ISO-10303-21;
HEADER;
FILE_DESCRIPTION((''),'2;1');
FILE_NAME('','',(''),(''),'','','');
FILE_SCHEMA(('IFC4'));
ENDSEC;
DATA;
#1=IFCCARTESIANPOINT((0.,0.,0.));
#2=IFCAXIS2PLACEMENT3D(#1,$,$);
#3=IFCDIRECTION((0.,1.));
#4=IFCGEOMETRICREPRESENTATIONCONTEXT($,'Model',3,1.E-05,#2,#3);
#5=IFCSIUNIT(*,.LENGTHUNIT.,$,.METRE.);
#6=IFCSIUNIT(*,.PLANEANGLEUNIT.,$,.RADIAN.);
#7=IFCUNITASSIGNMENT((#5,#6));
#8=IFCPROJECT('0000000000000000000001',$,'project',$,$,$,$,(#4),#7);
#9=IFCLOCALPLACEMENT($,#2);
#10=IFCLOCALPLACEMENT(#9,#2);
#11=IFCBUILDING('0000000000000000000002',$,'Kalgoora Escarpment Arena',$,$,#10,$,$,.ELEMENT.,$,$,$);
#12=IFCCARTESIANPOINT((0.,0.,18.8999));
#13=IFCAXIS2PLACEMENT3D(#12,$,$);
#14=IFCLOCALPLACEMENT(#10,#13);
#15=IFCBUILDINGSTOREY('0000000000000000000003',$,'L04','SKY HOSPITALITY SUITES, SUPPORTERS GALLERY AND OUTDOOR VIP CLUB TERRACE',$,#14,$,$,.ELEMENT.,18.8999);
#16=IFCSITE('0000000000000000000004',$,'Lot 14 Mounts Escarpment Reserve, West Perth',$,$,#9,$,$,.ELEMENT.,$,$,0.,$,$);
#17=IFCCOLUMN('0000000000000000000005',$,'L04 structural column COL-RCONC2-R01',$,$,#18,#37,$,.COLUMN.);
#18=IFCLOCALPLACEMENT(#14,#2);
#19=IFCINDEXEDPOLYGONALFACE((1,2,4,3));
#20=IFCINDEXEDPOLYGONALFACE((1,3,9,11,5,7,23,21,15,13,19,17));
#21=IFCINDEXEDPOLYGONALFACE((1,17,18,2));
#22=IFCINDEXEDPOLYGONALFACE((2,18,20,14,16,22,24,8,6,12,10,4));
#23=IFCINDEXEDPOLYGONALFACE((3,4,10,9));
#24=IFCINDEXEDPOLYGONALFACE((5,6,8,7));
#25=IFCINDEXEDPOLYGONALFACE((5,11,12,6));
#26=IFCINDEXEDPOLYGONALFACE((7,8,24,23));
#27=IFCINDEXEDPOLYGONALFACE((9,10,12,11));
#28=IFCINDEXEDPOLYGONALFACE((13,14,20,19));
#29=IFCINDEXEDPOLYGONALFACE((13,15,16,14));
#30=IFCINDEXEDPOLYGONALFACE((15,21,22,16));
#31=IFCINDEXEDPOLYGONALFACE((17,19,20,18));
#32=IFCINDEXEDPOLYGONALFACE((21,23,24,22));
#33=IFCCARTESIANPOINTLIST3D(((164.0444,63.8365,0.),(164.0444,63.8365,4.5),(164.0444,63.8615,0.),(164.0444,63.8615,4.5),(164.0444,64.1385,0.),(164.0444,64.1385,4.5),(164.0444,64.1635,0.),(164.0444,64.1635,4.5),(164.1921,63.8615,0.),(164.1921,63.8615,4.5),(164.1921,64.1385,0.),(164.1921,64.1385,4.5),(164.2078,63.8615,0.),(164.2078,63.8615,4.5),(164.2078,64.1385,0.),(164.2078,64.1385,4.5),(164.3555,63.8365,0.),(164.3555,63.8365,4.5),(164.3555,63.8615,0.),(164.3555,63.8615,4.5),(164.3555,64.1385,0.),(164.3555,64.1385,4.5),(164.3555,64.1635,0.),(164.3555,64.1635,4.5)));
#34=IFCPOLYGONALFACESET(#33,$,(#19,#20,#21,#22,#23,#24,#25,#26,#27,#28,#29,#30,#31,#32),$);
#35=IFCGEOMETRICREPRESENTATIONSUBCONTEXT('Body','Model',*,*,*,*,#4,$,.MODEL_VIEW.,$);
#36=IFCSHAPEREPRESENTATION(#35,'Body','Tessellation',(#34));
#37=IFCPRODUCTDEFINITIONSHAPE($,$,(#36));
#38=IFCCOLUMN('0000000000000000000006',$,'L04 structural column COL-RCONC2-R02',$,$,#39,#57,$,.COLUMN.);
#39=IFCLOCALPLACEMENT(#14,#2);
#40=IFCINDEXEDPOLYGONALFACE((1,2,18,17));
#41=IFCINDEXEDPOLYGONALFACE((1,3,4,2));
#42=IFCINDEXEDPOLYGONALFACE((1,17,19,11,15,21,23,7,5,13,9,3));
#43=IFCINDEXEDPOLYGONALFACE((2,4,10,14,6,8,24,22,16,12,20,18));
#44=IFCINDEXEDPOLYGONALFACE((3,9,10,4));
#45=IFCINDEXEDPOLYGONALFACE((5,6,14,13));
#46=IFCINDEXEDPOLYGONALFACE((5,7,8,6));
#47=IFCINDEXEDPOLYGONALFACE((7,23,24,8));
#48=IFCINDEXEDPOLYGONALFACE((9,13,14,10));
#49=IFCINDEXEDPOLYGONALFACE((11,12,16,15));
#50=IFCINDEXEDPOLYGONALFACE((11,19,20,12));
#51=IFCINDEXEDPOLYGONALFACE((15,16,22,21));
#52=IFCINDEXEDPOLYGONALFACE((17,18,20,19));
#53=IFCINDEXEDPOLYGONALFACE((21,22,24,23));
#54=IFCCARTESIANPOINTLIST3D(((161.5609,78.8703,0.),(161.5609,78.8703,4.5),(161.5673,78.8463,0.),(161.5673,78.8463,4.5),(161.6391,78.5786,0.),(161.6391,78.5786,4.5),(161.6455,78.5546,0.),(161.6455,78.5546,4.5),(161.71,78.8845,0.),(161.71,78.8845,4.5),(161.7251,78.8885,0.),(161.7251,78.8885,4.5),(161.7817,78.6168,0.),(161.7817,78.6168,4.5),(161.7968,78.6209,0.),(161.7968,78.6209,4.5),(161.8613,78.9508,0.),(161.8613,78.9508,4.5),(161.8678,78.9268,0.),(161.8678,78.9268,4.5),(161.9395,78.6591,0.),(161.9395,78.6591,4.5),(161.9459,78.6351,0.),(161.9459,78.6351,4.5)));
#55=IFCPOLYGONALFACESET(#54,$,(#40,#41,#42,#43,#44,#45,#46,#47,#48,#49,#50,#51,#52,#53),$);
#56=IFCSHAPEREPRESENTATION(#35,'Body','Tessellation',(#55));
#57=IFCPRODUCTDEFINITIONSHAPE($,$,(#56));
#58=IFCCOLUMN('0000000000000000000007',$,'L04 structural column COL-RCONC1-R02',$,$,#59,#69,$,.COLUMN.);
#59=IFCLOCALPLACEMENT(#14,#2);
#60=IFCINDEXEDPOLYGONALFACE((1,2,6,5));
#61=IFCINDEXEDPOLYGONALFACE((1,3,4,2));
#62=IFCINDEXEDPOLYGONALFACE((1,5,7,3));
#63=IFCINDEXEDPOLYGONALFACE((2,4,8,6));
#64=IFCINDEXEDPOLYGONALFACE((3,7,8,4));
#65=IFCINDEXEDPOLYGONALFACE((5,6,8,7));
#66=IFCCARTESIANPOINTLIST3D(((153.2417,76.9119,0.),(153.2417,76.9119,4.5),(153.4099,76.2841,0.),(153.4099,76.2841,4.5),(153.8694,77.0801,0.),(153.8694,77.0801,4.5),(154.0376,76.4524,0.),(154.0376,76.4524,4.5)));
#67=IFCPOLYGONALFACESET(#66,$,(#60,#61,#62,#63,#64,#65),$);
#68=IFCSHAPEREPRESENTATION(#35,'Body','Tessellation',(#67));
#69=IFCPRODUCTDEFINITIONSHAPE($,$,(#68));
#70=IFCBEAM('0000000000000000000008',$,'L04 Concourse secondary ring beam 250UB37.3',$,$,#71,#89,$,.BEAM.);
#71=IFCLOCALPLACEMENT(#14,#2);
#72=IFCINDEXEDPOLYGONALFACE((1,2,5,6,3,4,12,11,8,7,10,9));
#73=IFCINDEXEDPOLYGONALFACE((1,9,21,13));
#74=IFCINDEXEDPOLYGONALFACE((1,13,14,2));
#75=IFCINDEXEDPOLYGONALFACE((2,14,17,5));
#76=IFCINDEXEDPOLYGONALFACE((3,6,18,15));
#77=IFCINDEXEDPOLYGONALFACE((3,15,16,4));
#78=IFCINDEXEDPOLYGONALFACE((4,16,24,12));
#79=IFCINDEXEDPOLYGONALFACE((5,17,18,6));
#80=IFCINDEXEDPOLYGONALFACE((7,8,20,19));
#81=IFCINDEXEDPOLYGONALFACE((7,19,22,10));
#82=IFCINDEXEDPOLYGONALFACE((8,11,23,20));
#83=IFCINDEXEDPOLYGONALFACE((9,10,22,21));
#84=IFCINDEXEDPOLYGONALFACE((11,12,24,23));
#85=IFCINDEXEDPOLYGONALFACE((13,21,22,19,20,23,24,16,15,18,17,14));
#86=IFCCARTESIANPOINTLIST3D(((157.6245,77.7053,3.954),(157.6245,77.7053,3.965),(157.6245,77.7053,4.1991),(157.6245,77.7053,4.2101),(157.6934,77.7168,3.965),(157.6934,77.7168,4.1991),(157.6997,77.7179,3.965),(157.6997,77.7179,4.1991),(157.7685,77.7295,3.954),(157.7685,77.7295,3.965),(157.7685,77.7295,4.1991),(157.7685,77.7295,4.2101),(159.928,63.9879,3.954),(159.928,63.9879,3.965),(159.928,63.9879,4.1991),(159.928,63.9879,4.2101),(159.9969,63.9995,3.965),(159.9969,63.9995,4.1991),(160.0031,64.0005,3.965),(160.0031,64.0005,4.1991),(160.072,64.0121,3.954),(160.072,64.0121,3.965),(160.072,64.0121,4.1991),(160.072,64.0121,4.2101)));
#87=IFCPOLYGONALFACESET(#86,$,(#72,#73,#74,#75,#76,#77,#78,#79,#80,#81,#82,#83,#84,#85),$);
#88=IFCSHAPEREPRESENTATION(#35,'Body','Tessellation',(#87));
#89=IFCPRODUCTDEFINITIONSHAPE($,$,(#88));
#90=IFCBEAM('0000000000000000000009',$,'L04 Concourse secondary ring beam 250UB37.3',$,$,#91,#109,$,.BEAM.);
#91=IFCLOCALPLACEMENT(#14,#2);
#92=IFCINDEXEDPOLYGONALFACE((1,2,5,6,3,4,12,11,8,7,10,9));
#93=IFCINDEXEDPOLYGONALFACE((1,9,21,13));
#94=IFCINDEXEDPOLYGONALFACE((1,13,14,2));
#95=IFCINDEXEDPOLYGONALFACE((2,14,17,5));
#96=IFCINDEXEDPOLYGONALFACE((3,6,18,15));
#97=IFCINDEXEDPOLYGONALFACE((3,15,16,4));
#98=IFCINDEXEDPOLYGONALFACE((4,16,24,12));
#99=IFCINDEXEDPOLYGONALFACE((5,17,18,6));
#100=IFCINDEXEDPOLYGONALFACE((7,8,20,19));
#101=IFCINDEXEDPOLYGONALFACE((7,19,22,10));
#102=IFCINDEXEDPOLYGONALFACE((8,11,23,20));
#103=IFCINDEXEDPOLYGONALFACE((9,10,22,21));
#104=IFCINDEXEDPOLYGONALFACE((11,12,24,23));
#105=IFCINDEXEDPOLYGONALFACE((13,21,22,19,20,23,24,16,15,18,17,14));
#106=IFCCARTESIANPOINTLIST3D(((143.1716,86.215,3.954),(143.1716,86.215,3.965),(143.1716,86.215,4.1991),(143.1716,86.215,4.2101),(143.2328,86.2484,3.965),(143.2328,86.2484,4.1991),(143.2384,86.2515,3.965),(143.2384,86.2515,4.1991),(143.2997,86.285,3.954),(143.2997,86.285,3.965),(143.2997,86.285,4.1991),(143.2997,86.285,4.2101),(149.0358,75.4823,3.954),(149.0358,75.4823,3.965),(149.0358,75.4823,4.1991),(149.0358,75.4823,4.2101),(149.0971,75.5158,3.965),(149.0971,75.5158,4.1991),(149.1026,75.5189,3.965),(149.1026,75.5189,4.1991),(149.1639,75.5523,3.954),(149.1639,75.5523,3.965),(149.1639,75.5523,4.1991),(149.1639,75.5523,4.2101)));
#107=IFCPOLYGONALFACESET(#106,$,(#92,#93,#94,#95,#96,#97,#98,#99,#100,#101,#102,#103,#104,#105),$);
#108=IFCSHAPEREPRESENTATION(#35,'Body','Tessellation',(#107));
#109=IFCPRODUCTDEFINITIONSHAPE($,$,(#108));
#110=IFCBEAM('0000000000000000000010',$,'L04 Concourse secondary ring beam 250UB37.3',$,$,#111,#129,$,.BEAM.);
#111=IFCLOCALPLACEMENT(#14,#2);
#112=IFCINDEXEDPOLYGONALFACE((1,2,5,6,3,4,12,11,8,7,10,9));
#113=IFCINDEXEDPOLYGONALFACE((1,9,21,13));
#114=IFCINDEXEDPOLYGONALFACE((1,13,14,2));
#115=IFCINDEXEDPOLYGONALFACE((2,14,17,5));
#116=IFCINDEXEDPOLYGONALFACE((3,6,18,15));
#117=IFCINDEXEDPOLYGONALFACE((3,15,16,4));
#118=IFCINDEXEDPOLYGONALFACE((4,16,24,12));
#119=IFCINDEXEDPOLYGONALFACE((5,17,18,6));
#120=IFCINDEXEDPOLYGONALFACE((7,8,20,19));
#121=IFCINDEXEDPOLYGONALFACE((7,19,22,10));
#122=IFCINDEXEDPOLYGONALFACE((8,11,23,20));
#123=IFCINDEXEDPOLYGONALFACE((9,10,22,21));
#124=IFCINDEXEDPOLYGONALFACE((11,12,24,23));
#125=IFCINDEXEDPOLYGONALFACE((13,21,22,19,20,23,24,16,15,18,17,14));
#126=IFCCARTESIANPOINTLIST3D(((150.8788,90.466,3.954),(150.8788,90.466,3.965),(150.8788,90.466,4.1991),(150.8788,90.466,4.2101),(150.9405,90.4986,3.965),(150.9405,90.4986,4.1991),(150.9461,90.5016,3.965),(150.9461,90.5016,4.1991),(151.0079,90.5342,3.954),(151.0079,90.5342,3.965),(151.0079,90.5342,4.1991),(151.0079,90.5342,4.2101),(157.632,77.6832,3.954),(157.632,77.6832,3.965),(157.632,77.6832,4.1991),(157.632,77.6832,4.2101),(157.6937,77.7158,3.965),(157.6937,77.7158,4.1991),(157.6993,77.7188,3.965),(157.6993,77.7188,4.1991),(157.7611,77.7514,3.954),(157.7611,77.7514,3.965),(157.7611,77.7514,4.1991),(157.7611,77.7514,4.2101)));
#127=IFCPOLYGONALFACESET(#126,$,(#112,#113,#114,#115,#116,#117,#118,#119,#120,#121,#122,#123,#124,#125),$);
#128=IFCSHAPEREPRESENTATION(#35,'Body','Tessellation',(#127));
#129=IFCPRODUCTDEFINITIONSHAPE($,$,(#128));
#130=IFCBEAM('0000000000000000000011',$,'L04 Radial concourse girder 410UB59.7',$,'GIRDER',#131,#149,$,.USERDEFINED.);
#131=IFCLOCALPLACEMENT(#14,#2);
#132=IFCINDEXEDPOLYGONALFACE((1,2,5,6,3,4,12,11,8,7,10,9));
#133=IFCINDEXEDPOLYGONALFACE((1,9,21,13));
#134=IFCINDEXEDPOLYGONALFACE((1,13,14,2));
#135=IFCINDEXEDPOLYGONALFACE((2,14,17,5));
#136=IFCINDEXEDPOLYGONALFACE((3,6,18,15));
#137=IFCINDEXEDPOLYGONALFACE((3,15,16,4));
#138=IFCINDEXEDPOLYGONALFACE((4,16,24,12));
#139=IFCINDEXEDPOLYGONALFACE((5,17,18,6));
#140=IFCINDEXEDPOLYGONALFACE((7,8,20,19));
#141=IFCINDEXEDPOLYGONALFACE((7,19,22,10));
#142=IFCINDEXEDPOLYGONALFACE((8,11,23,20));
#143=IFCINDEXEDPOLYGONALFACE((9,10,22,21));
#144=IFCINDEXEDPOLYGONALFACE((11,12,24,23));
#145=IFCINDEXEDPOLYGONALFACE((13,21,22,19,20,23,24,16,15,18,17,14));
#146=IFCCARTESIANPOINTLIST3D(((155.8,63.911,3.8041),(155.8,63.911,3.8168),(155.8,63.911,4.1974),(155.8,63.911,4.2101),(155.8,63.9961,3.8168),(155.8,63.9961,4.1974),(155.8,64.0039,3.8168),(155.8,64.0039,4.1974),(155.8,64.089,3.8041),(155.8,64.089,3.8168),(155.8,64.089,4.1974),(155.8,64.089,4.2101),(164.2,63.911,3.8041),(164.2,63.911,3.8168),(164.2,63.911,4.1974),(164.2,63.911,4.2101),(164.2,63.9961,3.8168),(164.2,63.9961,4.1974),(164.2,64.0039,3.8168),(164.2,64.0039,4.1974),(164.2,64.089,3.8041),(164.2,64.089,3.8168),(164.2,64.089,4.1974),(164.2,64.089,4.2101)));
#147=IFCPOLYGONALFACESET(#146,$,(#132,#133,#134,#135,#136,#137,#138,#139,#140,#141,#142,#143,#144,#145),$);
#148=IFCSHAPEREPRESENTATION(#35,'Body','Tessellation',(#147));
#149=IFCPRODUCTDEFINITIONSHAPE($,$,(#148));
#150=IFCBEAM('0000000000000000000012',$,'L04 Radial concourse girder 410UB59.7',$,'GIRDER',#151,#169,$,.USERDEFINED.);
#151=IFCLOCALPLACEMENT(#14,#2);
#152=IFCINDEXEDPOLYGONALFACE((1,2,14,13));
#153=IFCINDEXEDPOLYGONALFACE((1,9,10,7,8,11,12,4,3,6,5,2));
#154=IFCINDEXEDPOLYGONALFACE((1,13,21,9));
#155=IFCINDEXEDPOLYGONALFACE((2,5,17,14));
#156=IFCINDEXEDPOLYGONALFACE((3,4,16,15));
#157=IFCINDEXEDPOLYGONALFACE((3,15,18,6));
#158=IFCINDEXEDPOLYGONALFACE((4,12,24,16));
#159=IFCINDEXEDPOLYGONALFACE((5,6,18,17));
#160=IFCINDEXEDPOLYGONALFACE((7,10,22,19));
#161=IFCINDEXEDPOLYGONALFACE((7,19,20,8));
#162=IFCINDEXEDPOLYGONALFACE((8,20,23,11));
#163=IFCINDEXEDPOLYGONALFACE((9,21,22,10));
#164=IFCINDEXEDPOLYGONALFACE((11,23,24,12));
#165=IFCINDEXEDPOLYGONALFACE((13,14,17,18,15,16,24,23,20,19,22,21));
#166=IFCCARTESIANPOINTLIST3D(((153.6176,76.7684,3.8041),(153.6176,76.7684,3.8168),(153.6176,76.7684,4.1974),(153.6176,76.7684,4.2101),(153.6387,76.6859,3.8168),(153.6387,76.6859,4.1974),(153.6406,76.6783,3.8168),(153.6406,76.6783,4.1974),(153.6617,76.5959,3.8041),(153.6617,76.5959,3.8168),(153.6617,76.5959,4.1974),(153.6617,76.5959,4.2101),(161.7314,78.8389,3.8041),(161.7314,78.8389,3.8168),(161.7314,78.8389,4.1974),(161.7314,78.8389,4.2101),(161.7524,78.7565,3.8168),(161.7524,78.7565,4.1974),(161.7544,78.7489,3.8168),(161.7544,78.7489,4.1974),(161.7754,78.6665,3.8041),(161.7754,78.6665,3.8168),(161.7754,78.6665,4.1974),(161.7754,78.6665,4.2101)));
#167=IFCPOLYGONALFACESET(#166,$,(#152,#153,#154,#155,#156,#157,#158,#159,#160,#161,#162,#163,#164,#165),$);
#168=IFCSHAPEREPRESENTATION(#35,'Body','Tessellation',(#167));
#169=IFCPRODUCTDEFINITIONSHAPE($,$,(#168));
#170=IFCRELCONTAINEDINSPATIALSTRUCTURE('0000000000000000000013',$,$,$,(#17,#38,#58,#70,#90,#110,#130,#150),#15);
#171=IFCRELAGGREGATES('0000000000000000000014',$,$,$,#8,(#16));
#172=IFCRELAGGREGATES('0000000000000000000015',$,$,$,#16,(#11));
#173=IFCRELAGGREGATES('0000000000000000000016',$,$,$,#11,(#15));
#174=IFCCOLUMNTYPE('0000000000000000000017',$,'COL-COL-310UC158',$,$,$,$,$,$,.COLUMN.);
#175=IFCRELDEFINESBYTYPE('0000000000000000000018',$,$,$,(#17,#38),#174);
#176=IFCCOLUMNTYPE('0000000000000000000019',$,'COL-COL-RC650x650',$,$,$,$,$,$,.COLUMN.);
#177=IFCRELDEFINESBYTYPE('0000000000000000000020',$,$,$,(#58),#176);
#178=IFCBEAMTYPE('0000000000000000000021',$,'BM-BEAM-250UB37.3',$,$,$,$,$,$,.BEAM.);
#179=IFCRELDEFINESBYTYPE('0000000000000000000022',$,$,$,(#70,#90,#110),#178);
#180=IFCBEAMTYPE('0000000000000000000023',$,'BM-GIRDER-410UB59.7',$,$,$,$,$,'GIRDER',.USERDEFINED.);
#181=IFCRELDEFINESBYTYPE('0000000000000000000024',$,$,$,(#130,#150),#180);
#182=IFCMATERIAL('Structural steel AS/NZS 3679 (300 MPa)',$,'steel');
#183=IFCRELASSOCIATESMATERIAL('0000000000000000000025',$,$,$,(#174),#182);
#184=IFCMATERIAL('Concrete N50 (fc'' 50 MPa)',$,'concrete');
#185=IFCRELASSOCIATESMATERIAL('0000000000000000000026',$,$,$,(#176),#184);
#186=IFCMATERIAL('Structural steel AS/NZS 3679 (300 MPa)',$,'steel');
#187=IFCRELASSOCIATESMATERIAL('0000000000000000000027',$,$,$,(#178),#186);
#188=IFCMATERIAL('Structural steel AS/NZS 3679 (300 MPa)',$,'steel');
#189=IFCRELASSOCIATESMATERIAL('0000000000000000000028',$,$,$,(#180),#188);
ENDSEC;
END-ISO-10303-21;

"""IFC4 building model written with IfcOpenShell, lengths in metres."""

from ifc_helpers import new_model, si_unit, direction, frame, origin, origin_2d, place, context, subcontext, project, spatial, rectangle, i_section, extrude, material, material_profile, profile_set, type_object, element, save


model = new_model("IFC4")

# Units and contexts
model_context = context("Model", 3, precision=1e-05, world=origin(), true_north=direction((0.0, 1.0)))
body_context = subcontext(model_context, "Body", "Model", "MODEL_VIEW")
ifc_project = project(units=[si_unit("LENGTHUNIT", "METRE"), si_unit("PLANEANGLEUNIT", "RADIAN")], contexts=[model_context])

# Site, building, storey
site_placement = place(None, origin())
site = spatial("IfcSite", under=ifc_project, at=site_placement, Name="Lot 14 Mounts Escarpment Reserve, West Perth", CompositionType="ELEMENT", RefElevation=0.0)
building_placement = place(site_placement, origin())
building = spatial("IfcBuilding", under=site, at=building_placement, Name="Kalgoora Escarpment Arena", CompositionType="ELEMENT")
storey_placement = place(building_placement, frame((0.0, 0.0, 18.8999)))
storey = spatial("IfcBuildingStorey", under=building, at=storey_placement, Name="L04", Description="SKY HOSPITALITY SUITES, SUPPORTERS GALLERY AND OUTDOOR VIP CLUB TERRACE", CompositionType="ELEMENT", Elevation=18.8999)

# Columns
ifc_material_1 = material(Name="Structural steel AS/NZS 3679 (300 MPa)", Category="steel")
ifc_material_profile_1 = material_profile(ifc_material_1, i_section(OverallWidth=0.311, OverallDepth=0.3269, WebThickness=0.0156, FlangeThickness=0.0249, at=origin_2d()))
ifc_profile_set_1 = profile_set([ifc_material_profile_1], Name="Structural steel AS/NZS 3679 (300 MPa)")
column_type_1 = type_object("IfcColumnType", Name="COL-COL-310UC158", PredefinedType="COLUMN", material=ifc_profile_set_1)
for number, where, z_axis, x_axis, name in (
    (1, (164.2, 64.0, 0.0), (0.0, 0.0, 1.0), (1.0, 0.0, 0.0), "L04 structural column COL-RCONC2-R01"),
    (2, (161.7534, 78.7527, 0.0), (0.0, 0.0, 1.0), (0.965926, 0.258819, 0.0), "L04 structural column COL-RCONC2-R02"),
):
    element("IfcColumn", number, at=place(storey_placement, frame(where, z_axis=z_axis, x_axis=x_axis)), inside=storey, type_object=column_type_1, Name=name, PredefinedType="COLUMN", context=body_context, shape_type="SweptSolid", body=[
        extrude(i_section(OverallWidth=0.311, OverallDepth=0.3269, WebThickness=0.0156, FlangeThickness=0.0249, at=origin_2d()), origin(), (0.0, 0.0, 1.0), 4.5),
    ])
ifc_material_2 = material(Name="Concrete N50 (fc' 50 MPa)", Category="concrete")
ifc_material_profile_2 = material_profile(ifc_material_2, rectangle(XDim=0.6499, YDim=0.6499, at=origin_2d()))
ifc_profile_set_2 = profile_set([ifc_material_profile_2], Name="Concrete N50 (fc' 50 MPa)")
column_type_2 = type_object("IfcColumnType", Name="COL-COL-RC650x650", PredefinedType="COLUMN", material=ifc_profile_set_2)
column_placement = place(storey_placement, frame((153.6396, 76.6821, 0.0), z_axis=(0.0, 0.0, 1.0), x_axis=(0.965926, 0.258819, 0.0)))
element("IfcColumn", 3, at=column_placement, inside=storey, type_object=column_type_2, Name="L04 structural column COL-RCONC1-R02", PredefinedType="COLUMN", context=body_context, shape_type="SweptSolid", body=[
    extrude(rectangle(XDim=0.6499, YDim=0.6499, at=origin_2d()), origin(), (0.0, 0.0, 1.0), 4.5),
])

# Beams
ifc_material_3 = material(Name="Structural steel AS/NZS 3679 (300 MPa)", Category="steel")
ifc_material_profile_3 = material_profile(ifc_material_3, i_section(OverallWidth=0.146, OverallDepth=0.2561, WebThickness=0.0063, FlangeThickness=0.011, at=origin_2d()))
ifc_profile_set_3 = profile_set([ifc_material_profile_3], Name="Structural steel AS/NZS 3679 (300 MPa)")
beam_type_1 = type_object("IfcBeamType", Name="BM-BEAM-250UB37.3", PredefinedType="BEAM", material=ifc_profile_set_3)
beam_1_placement = place(storey_placement, frame((160.0, 64.0, 4.082), z_axis=(-0.165606, 0.986192, 0.0), x_axis=(-0.986192, -0.165606, 0.0)))
element("IfcBeam", 4, at=beam_1_placement, inside=storey, type_object=beam_type_1, Name="L04 Concourse secondary ring beam 250UB37.3", PredefinedType="BEAM", context=body_context, shape_type="SweptSolid", body=[
    extrude(i_section(OverallWidth=0.146, OverallDepth=0.2561, WebThickness=0.0063, FlangeThickness=0.011, at=origin_2d()), origin(), (0.0, 0.0, 1.0), 13.9094),
])
beam_2_placement = place(storey_placement, frame((149.0999, 75.5173, 4.082), z_axis=(-0.479487, 0.877549, 0.0), x_axis=(-0.877549, -0.479487, 0.0)))
element("IfcBeam", 5, at=beam_2_placement, inside=storey, type_object=beam_type_1, Name="L04 Concourse secondary ring beam 250UB37.3", PredefinedType="BEAM", context=body_context, shape_type="SweptSolid", body=[
    extrude(i_section(OverallWidth=0.146, OverallDepth=0.2561, WebThickness=0.0063, FlangeThickness=0.011, at=origin_2d()), origin(), (0.0, 0.0, 1.0), 12.2302),
])
beam_3_placement = place(storey_placement, frame((157.6965, 77.7173, 4.082), z_axis=(-0.467123, 0.884192, 0.0), x_axis=(-0.884192, -0.467123, 0.0)))
element("IfcBeam", 6, at=beam_3_placement, inside=storey, type_object=beam_type_1, Name="L04 Concourse secondary ring beam 250UB37.3", PredefinedType="BEAM", context=body_context, shape_type="SweptSolid", body=[
    extrude(i_section(OverallWidth=0.146, OverallDepth=0.2561, WebThickness=0.0063, FlangeThickness=0.011, at=origin_2d()), origin(), (0.0, 0.0, 1.0), 14.457),
])
ifc_material_4 = material(Name="Structural steel AS/NZS 3679 (300 MPa)", Category="steel")
ifc_material_profile_4 = material_profile(ifc_material_4, i_section(OverallWidth=0.178, OverallDepth=0.406, WebThickness=0.0078, FlangeThickness=0.0127, at=origin_2d()))
ifc_profile_set_4 = profile_set([ifc_material_profile_4], Name="Structural steel AS/NZS 3679 (300 MPa)")
beam_type_2 = type_object("IfcBeamType", Name="BM-GIRDER-410UB59.7", ElementType="GIRDER", PredefinedType="USERDEFINED", material=ifc_profile_set_4)
beam_4_placement = place(storey_placement, frame((155.8, 64.0, 4.0071), z_axis=(1.0, 0.0, 0.0), x_axis=(0.0, 1.0, 0.0)))
element("IfcBeam", 7, at=beam_4_placement, inside=storey, type_object=beam_type_2, Name="L04 Radial concourse girder 410UB59.7", ObjectType="GIRDER", PredefinedType="USERDEFINED", context=body_context, shape_type="SweptSolid", body=[
    extrude(i_section(OverallWidth=0.178, OverallDepth=0.406, WebThickness=0.0078, FlangeThickness=0.0127, at=origin_2d()), origin(), (0.0, 0.0, 1.0), 8.3999),
])
beam_5_placement = place(storey_placement, frame((153.6396, 76.6821, 4.0071), z_axis=(0.968948, 0.247266, 0.0), x_axis=(-0.247266, 0.968948, 0.0)))
element("IfcBeam", 8, at=beam_5_placement, inside=storey, type_object=beam_type_2, Name="L04 Radial concourse girder 410UB59.7", ObjectType="GIRDER", PredefinedType="USERDEFINED", context=body_context, shape_type="SweptSolid", body=[
    extrude(i_section(OverallWidth=0.178, OverallDepth=0.406, WebThickness=0.0078, FlangeThickness=0.0127, at=origin_2d()), origin(), (0.0, 0.0, 1.0), 8.3738),
])

save(model, "model.ifc")
